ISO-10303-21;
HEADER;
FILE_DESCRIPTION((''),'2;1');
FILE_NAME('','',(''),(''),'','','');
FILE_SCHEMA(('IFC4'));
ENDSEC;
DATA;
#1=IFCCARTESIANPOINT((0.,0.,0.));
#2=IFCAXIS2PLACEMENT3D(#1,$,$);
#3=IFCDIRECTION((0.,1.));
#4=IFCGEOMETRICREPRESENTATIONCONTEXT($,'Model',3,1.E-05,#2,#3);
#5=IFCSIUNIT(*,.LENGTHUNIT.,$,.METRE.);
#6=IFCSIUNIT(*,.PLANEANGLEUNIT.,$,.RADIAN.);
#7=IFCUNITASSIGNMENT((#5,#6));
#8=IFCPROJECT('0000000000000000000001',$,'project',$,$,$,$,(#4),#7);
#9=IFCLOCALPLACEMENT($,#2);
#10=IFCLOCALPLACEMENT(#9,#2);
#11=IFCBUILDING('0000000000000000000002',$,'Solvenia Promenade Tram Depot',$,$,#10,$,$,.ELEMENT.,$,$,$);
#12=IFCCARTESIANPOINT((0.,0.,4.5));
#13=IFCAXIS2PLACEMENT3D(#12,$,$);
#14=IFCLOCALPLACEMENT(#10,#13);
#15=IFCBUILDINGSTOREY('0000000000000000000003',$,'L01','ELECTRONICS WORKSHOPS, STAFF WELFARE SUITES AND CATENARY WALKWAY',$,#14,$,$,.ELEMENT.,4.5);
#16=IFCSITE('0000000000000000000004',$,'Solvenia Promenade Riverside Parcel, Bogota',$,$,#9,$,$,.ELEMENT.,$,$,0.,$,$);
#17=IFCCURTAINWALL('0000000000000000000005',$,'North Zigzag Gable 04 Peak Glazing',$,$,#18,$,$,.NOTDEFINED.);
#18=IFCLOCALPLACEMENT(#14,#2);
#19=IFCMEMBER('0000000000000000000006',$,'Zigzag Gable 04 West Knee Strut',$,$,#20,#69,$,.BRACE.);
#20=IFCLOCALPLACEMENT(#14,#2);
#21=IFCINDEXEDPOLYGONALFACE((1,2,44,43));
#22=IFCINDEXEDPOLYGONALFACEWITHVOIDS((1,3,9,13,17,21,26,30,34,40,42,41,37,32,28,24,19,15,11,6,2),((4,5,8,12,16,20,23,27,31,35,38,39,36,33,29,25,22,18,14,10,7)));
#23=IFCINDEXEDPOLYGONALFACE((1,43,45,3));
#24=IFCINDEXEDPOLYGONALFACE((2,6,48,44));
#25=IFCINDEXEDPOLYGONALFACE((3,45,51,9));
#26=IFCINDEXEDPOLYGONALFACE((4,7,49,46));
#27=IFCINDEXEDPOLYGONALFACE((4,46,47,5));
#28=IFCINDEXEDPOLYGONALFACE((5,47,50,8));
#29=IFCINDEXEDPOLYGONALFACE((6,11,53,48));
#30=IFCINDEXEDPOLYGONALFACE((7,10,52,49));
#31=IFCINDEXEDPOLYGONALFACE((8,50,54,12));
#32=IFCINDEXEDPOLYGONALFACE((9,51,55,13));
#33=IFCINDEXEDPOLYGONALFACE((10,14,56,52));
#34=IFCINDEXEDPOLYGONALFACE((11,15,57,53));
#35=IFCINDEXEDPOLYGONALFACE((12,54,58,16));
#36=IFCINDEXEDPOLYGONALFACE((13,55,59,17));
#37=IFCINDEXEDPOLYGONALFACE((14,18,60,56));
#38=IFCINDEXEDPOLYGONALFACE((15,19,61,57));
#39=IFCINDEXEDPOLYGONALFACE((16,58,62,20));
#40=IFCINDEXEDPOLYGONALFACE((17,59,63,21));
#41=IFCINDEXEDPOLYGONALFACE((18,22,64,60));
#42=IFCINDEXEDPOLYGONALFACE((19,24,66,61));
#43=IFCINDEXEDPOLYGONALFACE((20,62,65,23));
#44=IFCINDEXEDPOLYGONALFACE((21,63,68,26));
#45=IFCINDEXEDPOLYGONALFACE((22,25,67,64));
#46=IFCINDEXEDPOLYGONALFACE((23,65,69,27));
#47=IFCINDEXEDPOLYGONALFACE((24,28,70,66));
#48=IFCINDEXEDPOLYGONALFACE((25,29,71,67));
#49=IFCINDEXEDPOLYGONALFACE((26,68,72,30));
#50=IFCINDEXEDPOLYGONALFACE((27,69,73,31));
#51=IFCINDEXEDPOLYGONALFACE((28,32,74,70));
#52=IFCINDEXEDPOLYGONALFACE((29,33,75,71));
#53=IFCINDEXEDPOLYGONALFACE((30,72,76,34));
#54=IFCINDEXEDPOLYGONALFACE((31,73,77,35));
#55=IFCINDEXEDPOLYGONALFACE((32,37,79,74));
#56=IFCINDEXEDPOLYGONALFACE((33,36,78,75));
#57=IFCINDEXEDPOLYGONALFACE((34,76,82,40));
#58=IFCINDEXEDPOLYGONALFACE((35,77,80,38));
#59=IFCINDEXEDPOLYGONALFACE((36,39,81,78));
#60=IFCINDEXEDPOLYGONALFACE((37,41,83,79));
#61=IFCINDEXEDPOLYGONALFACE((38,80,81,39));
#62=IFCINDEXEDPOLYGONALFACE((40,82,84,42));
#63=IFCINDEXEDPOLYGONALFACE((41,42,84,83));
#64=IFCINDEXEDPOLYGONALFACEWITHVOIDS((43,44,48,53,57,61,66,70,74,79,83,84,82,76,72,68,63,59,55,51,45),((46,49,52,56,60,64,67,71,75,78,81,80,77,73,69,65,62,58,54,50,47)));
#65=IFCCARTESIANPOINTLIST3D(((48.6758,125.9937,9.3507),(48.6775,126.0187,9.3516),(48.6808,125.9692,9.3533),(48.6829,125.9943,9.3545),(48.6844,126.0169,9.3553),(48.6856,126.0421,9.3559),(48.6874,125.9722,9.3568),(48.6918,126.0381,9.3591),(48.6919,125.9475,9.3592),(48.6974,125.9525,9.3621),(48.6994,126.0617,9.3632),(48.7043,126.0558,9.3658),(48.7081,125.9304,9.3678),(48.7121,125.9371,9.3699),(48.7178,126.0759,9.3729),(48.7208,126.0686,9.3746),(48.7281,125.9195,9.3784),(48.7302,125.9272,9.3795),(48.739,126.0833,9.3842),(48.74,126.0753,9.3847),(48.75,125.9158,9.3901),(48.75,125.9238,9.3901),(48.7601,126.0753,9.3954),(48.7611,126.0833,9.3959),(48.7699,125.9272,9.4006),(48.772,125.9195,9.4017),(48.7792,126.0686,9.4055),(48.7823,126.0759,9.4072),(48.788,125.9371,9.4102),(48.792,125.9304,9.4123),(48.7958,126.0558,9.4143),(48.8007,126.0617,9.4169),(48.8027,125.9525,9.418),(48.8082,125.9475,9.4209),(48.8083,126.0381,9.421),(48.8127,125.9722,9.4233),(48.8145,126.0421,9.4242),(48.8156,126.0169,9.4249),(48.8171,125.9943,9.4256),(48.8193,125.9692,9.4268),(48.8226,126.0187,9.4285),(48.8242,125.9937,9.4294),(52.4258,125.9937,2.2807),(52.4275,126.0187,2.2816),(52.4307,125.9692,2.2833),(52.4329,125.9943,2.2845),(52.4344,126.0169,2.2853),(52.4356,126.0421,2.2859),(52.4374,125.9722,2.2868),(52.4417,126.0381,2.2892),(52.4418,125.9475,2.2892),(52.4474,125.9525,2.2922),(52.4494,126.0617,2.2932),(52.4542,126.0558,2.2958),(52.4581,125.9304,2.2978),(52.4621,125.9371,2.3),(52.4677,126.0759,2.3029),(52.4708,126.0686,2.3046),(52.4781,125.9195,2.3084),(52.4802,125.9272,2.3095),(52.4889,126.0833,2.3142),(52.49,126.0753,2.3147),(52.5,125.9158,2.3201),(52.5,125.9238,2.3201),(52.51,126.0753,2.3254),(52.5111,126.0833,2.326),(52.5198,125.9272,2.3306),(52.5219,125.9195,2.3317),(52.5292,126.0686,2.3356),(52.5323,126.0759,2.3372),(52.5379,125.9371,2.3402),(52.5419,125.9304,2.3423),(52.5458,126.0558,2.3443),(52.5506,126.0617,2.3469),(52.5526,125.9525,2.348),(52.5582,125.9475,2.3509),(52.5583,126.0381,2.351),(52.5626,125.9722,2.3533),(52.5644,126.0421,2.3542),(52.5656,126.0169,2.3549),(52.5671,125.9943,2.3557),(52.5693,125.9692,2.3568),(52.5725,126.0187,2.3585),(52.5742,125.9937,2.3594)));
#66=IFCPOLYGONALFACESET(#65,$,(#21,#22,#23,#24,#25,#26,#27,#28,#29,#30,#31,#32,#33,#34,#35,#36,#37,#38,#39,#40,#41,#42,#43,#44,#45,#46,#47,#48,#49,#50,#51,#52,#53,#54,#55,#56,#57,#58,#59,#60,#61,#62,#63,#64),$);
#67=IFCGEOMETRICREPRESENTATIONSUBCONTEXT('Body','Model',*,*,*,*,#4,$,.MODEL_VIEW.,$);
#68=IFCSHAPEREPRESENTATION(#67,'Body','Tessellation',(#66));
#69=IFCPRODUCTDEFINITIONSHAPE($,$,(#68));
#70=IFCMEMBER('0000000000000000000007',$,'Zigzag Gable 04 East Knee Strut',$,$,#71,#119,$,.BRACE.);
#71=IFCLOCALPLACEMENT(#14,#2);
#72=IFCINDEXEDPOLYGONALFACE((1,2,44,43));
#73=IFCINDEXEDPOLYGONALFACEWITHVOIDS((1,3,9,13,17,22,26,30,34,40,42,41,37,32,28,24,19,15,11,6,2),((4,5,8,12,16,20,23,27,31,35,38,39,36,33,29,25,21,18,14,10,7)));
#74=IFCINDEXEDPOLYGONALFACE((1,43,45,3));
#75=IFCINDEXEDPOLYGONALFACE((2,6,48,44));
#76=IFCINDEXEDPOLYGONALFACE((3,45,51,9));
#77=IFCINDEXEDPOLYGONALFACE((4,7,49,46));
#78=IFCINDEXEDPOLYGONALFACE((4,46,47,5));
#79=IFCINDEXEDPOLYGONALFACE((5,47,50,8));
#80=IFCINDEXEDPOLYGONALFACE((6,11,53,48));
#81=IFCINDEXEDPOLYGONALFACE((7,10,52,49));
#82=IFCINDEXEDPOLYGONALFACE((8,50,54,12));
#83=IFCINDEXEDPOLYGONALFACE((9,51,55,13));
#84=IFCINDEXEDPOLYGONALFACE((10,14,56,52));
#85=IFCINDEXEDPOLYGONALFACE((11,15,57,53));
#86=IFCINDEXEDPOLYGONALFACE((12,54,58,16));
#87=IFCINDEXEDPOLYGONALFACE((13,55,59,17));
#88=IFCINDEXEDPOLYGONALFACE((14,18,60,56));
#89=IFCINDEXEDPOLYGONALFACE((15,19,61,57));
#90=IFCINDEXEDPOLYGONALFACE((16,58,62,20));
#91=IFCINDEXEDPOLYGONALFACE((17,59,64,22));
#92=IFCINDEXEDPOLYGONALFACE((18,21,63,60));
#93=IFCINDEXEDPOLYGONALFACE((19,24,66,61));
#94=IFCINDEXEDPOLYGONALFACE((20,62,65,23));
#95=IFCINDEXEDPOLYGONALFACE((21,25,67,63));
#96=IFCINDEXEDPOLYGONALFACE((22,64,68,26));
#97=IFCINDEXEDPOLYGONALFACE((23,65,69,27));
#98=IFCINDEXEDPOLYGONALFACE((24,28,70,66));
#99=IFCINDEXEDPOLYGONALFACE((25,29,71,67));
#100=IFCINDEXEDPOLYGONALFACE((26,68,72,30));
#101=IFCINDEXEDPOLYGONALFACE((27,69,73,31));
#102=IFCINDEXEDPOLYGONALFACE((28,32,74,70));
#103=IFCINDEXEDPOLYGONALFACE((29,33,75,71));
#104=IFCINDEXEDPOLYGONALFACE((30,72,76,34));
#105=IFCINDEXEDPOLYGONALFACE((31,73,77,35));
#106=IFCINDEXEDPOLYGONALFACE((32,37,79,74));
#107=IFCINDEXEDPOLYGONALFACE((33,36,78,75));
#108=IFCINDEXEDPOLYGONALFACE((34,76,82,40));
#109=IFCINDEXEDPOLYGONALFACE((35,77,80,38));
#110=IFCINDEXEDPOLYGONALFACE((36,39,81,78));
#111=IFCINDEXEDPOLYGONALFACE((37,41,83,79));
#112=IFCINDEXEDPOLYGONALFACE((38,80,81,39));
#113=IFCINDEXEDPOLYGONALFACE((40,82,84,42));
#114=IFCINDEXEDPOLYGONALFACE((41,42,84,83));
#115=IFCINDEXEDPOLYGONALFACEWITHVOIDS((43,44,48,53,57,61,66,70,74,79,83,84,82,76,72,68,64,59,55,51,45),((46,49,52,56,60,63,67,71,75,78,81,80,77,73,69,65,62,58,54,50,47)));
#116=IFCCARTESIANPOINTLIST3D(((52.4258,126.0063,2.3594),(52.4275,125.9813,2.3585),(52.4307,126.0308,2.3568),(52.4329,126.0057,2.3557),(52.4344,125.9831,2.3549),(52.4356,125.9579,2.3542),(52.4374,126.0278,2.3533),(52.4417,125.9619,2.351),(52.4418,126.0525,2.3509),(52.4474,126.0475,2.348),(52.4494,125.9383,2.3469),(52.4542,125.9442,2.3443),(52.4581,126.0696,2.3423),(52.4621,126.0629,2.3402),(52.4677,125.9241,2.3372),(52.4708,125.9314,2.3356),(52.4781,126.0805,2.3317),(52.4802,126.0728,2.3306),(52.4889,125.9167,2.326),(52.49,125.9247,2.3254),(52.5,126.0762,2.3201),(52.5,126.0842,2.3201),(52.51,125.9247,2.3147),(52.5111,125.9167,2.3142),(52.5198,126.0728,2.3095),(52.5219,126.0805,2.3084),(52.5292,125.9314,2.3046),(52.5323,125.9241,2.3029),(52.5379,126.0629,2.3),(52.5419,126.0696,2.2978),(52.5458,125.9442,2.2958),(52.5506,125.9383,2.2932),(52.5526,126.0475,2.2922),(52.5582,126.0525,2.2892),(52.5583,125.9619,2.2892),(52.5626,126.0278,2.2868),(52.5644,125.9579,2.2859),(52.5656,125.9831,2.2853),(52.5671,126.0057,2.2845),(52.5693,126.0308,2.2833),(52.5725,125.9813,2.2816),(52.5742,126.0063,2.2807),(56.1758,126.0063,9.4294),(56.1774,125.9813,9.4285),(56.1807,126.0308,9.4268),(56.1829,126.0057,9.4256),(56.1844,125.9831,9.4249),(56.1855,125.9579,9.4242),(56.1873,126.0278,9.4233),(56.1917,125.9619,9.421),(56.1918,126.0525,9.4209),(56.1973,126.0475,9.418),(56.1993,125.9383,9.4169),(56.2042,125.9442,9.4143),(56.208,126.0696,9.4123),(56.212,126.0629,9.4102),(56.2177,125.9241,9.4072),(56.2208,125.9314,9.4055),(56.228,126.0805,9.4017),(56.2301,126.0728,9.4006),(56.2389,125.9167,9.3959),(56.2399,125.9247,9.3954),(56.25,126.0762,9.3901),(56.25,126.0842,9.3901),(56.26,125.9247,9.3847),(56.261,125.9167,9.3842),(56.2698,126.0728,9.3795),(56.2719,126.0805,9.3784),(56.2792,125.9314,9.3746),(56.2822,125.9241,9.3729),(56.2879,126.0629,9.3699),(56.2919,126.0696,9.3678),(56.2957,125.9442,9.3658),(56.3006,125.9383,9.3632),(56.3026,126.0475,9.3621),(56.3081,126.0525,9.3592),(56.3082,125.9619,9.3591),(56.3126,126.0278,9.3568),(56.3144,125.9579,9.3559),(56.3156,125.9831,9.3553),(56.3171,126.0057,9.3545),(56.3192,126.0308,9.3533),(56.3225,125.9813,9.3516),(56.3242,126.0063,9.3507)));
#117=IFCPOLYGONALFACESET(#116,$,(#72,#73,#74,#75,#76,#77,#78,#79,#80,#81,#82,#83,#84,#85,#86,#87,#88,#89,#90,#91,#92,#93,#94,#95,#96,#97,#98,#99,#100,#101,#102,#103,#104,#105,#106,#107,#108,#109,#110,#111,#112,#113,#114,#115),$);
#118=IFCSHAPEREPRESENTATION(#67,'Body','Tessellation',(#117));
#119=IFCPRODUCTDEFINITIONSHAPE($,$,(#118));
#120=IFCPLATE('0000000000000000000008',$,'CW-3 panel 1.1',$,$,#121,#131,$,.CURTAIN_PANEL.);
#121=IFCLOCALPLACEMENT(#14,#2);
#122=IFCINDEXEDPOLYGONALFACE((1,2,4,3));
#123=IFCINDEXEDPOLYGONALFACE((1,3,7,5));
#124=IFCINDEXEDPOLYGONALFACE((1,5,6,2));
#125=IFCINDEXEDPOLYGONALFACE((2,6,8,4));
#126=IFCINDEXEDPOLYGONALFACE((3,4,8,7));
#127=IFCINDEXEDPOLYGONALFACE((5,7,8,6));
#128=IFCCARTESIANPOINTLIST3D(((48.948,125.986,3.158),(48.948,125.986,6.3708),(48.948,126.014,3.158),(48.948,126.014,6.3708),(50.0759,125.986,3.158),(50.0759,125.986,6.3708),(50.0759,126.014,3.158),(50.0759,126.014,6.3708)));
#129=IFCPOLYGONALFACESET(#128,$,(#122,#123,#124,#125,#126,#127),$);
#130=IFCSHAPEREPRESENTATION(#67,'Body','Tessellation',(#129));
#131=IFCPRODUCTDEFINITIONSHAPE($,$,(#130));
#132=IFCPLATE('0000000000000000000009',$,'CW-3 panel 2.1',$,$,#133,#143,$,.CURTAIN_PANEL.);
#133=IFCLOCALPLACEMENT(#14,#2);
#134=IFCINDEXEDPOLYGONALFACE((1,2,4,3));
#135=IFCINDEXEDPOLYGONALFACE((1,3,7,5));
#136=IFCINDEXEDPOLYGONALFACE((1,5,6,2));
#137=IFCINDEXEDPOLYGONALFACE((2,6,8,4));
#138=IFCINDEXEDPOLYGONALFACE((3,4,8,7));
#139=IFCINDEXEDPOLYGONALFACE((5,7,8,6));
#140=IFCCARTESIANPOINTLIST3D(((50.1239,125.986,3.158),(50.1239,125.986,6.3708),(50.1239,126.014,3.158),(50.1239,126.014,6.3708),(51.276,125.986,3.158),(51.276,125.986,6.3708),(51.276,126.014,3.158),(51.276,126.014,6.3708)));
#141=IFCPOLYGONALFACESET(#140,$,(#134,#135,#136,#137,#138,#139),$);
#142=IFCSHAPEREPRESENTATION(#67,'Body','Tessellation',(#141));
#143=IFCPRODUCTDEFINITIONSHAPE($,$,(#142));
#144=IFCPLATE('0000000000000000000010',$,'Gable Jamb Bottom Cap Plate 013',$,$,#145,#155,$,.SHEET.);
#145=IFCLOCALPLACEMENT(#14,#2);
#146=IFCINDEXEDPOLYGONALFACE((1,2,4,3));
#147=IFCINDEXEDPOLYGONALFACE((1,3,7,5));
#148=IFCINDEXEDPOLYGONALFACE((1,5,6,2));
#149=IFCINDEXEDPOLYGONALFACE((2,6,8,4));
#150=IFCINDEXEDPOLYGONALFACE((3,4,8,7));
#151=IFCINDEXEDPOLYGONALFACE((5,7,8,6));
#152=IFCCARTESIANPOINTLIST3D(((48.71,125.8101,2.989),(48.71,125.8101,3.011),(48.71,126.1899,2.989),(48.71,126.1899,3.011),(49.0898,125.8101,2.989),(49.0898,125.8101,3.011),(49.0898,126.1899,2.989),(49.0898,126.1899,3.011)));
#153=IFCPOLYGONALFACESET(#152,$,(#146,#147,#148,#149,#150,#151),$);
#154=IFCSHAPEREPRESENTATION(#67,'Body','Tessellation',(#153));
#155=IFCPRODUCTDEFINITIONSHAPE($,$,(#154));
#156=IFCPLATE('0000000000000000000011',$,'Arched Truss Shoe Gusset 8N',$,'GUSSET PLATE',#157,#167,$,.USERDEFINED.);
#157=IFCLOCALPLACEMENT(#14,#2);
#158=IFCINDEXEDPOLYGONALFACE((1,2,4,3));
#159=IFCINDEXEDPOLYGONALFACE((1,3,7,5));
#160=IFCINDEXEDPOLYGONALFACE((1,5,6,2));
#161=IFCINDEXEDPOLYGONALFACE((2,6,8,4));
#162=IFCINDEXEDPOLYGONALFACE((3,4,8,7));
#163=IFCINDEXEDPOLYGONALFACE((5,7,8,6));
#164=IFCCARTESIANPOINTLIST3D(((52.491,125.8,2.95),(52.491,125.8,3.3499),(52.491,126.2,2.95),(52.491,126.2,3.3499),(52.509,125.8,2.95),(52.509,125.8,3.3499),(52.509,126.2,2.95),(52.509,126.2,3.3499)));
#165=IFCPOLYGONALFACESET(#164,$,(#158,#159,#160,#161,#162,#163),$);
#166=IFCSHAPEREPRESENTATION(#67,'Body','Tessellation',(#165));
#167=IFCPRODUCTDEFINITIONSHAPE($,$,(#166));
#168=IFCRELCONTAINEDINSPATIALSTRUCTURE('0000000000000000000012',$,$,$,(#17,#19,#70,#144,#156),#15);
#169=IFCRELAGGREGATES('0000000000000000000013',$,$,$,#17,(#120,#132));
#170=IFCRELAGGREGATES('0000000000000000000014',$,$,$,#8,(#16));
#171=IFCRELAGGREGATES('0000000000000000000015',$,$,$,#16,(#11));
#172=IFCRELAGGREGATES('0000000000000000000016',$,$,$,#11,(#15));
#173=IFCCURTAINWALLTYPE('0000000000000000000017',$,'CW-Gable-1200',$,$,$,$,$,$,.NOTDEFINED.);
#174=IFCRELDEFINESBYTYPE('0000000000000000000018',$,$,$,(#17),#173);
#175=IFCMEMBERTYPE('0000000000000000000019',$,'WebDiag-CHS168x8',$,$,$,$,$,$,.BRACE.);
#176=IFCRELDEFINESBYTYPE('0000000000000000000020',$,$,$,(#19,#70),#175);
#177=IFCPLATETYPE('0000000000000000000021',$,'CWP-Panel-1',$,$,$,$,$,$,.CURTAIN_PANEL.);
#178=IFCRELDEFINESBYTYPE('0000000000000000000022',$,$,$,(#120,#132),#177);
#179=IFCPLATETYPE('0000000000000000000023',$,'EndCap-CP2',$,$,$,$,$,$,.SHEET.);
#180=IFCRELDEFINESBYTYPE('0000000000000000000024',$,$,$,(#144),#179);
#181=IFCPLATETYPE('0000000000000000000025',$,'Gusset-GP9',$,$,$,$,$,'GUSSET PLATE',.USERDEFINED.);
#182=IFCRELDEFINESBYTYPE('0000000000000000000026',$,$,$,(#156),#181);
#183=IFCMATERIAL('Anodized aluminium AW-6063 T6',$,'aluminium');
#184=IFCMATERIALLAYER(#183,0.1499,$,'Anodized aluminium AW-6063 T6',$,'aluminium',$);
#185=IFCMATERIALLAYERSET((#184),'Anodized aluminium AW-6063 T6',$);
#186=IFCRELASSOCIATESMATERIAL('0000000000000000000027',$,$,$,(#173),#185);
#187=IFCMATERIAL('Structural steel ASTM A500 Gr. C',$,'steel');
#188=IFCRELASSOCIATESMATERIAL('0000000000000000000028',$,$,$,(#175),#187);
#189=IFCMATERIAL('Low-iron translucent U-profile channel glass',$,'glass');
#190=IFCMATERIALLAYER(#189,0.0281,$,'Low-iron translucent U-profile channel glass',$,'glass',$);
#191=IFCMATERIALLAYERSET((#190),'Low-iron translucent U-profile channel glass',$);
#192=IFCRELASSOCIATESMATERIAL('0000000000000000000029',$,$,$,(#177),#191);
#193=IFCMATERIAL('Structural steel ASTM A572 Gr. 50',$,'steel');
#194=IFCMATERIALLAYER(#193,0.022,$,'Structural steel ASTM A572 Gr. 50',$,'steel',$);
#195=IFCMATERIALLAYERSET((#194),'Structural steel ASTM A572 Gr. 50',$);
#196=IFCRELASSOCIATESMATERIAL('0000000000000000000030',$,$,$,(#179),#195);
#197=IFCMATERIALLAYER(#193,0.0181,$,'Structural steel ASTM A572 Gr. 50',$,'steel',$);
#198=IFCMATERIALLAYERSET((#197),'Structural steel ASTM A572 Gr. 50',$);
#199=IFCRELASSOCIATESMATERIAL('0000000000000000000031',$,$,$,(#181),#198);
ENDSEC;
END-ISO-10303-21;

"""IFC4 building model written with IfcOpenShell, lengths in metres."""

from ifc_helpers import new_model, si_unit, direction, frame, origin, origin_2d, place, context, subcontext, project, spatial, rectangle, hollow_circle, extrude, material, layer, layer_set, material_profile, profile_set, type_object, element, aggregate, save


model = new_model("IFC4")

# Units and contexts
model_context = context("Model", 3, precision=1e-05, world=origin(), true_north=direction((0.0, 1.0)))
body_context = subcontext(model_context, "Body", "Model", "MODEL_VIEW")
ifc_project = project(units=[si_unit("LENGTHUNIT", "METRE"), si_unit("PLANEANGLEUNIT", "RADIAN")], contexts=[model_context])

# Site, building, storey
site_placement = place(None, origin())
site = spatial("IfcSite", under=ifc_project, at=site_placement, Name="Solvenia Promenade Riverside Parcel, Bogota", CompositionType="ELEMENT", RefElevation=0.0)
building_placement = place(site_placement, origin())
building = spatial("IfcBuilding", under=site, at=building_placement, Name="Solvenia Promenade Tram Depot", CompositionType="ELEMENT")
storey_placement = place(building_placement, frame((0.0, 0.0, 4.5)))
storey = spatial("IfcBuildingStorey", under=building, at=storey_placement, Name="L01", Description="ELECTRONICS WORKSHOPS, STAFF WELFARE SUITES AND CATENARY WALKWAY", CompositionType="ELEMENT", Elevation=4.5)

# Shared definitions
ifc_material_1 = material(Name="Structural steel ASTM A500 Gr. C", Category="steel")

# Curtain wall
ifc_material_2 = material(Name="Anodized aluminium AW-6063 T6", Category="aluminium")
ifc_layer_1 = layer(ifc_material_2, 0.1499, Name="Anodized aluminium AW-6063 T6", Category="aluminium")
ifc_layer_set_1 = layer_set([ifc_layer_1], Name="Anodized aluminium AW-6063 T6")
curtain_wall_type = type_object("IfcCurtainWallType", Name="CW-Gable-1200", PredefinedType="NOTDEFINED", material=ifc_layer_set_1)
curtain_wall_placement = place(storey_placement, origin())
curtain_wall = element("IfcCurtainWall", 1, at=curtain_wall_placement, inside=storey, type_object=curtain_wall_type, Name="North Zigzag Gable 04 Peak Glazing", PredefinedType="NOTDEFINED")

# Members
ifc_material_profile_1 = material_profile(ifc_material_1, hollow_circle(Radius=0.0842, WallThickness=0.0081, at=origin_2d()), Name="CHS168.3x8", Category="steel")
ifc_profile_set_1 = profile_set([ifc_material_profile_1], Name="Structural steel ASTM A500 Gr. C")
member_type_1 = type_object("IfcMemberType", Name="WebDiag-CHS168x8", PredefinedType="BRACE", material=ifc_profile_set_1)
for number, where, z_axis, x_axis, name in (
    (2, (52.5, 126.0, 2.3201), (-0.468573, 0.0, 0.883425), (0.0, -1.0, 0.0), "Zigzag Gable 04 West Knee Strut"),
    (3, (52.5, 126.0, 2.3201), (0.468573, 0.0, 0.883425), (0.0, 1.0, 0.0), "Zigzag Gable 04 East Knee Strut"),
):
    element("IfcMember", number, at=place(storey_placement, frame(where, z_axis=z_axis, x_axis=x_axis)), inside=storey, type_object=member_type_1, Name=name, PredefinedType="BRACE", context=body_context, shape_type="SweptSolid", body=[
        extrude(hollow_circle(Radius=0.0842, WallThickness=0.0081, at=origin_2d()), origin(), (0.0, 0.0, 1.0), 8.0029),
    ])

# Plates
ifc_material_3 = material(Name="Low-iron translucent U-profile channel glass", Category="glass")
ifc_layer_2 = layer(ifc_material_3, 0.0281, Name="Low-iron translucent U-profile channel glass", Category="glass")
ifc_layer_set_2 = layer_set([ifc_layer_2], Name="Low-iron translucent U-profile channel glass")
plate_type_1 = type_object("IfcPlateType", Name="CWP-Panel-1", PredefinedType="CURTAIN_PANEL", material=ifc_layer_set_2)
plate_1_placement = place(storey_placement, frame((49.512, 126.0, 3.158), z_axis=(0.0, 0.0, 1.0), x_axis=(1.0, 0.0, 0.0)))
plate_1 = element("IfcPlate", 4, at=plate_1_placement, type_object=plate_type_1, Name="CW-3 panel 1.1", PredefinedType="CURTAIN_PANEL", context=body_context, shape_type="SweptSolid", body=[
    extrude(rectangle(XDim=1.1279, YDim=0.0281, at=origin_2d()), origin(), (0.0, 0.0, 1.0), 3.2129),
])
plate_2_placement = place(storey_placement, frame((50.7, 126.0, 3.158), z_axis=(0.0, 0.0, 1.0), x_axis=(1.0, 0.0, 0.0)))
plate_2 = element("IfcPlate", 5, at=plate_2_placement, type_object=plate_type_1, Name="CW-3 panel 2.1", PredefinedType="CURTAIN_PANEL", context=body_context, shape_type="SweptSolid", body=[
    extrude(rectangle(XDim=1.1521, YDim=0.0281, at=origin_2d()), origin(), (0.0, 0.0, 1.0), 3.2129),
])
aggregate(curtain_wall, [plate_1, plate_2])

# Plates
ifc_material_4 = material(Name="Structural steel ASTM A572 Gr. 50", Category="steel")
ifc_layer_3 = layer(ifc_material_4, 0.022, Name="Structural steel ASTM A572 Gr. 50", Category="steel")
ifc_layer_set_3 = layer_set([ifc_layer_3], Name="Structural steel ASTM A572 Gr. 50")
plate_type_2 = type_object("IfcPlateType", Name="EndCap-CP2", PredefinedType="SHEET", material=ifc_layer_set_3)
plate_3_placement = place(storey_placement, frame((48.8999, 126.0, 2.989), z_axis=(0.0, 0.0, 1.0), x_axis=(1.0, 0.0, 0.0)))
element("IfcPlate", 6, at=plate_3_placement, inside=storey, type_object=plate_type_2, Name="Gable Jamb Bottom Cap Plate 013", PredefinedType="SHEET", context=body_context, shape_type="SweptSolid", body=[
    extrude(rectangle(XDim=0.3799, YDim=0.3799, at=origin_2d()), origin(), (0.0, 0.0, 1.0), 0.022),
])
ifc_layer_4 = layer(ifc_material_4, 0.0181, Name="Structural steel ASTM A572 Gr. 50", Category="steel")
ifc_layer_set_4 = layer_set([ifc_layer_4], Name="Structural steel ASTM A572 Gr. 50")
plate_type_3 = type_object("IfcPlateType", Name="Gusset-GP9", ElementType="GUSSET PLATE", PredefinedType="USERDEFINED", material=ifc_layer_set_4)
plate_4_placement = place(storey_placement, frame((52.5, 126.0, 2.95), z_axis=(0.0, 0.0, 1.0), x_axis=(1.0, 0.0, 0.0)))
element("IfcPlate", 7, at=plate_4_placement, inside=storey, type_object=plate_type_3, Name="Arched Truss Shoe Gusset 8N", ObjectType="GUSSET PLATE", PredefinedType="USERDEFINED", context=body_context, shape_type="SweptSolid", body=[
    extrude(rectangle(XDim=0.0181, YDim=0.3999, at=origin_2d()), origin(), (0.0, 0.0, 1.0), 0.3999),
])

save(model, "model.ifc")
